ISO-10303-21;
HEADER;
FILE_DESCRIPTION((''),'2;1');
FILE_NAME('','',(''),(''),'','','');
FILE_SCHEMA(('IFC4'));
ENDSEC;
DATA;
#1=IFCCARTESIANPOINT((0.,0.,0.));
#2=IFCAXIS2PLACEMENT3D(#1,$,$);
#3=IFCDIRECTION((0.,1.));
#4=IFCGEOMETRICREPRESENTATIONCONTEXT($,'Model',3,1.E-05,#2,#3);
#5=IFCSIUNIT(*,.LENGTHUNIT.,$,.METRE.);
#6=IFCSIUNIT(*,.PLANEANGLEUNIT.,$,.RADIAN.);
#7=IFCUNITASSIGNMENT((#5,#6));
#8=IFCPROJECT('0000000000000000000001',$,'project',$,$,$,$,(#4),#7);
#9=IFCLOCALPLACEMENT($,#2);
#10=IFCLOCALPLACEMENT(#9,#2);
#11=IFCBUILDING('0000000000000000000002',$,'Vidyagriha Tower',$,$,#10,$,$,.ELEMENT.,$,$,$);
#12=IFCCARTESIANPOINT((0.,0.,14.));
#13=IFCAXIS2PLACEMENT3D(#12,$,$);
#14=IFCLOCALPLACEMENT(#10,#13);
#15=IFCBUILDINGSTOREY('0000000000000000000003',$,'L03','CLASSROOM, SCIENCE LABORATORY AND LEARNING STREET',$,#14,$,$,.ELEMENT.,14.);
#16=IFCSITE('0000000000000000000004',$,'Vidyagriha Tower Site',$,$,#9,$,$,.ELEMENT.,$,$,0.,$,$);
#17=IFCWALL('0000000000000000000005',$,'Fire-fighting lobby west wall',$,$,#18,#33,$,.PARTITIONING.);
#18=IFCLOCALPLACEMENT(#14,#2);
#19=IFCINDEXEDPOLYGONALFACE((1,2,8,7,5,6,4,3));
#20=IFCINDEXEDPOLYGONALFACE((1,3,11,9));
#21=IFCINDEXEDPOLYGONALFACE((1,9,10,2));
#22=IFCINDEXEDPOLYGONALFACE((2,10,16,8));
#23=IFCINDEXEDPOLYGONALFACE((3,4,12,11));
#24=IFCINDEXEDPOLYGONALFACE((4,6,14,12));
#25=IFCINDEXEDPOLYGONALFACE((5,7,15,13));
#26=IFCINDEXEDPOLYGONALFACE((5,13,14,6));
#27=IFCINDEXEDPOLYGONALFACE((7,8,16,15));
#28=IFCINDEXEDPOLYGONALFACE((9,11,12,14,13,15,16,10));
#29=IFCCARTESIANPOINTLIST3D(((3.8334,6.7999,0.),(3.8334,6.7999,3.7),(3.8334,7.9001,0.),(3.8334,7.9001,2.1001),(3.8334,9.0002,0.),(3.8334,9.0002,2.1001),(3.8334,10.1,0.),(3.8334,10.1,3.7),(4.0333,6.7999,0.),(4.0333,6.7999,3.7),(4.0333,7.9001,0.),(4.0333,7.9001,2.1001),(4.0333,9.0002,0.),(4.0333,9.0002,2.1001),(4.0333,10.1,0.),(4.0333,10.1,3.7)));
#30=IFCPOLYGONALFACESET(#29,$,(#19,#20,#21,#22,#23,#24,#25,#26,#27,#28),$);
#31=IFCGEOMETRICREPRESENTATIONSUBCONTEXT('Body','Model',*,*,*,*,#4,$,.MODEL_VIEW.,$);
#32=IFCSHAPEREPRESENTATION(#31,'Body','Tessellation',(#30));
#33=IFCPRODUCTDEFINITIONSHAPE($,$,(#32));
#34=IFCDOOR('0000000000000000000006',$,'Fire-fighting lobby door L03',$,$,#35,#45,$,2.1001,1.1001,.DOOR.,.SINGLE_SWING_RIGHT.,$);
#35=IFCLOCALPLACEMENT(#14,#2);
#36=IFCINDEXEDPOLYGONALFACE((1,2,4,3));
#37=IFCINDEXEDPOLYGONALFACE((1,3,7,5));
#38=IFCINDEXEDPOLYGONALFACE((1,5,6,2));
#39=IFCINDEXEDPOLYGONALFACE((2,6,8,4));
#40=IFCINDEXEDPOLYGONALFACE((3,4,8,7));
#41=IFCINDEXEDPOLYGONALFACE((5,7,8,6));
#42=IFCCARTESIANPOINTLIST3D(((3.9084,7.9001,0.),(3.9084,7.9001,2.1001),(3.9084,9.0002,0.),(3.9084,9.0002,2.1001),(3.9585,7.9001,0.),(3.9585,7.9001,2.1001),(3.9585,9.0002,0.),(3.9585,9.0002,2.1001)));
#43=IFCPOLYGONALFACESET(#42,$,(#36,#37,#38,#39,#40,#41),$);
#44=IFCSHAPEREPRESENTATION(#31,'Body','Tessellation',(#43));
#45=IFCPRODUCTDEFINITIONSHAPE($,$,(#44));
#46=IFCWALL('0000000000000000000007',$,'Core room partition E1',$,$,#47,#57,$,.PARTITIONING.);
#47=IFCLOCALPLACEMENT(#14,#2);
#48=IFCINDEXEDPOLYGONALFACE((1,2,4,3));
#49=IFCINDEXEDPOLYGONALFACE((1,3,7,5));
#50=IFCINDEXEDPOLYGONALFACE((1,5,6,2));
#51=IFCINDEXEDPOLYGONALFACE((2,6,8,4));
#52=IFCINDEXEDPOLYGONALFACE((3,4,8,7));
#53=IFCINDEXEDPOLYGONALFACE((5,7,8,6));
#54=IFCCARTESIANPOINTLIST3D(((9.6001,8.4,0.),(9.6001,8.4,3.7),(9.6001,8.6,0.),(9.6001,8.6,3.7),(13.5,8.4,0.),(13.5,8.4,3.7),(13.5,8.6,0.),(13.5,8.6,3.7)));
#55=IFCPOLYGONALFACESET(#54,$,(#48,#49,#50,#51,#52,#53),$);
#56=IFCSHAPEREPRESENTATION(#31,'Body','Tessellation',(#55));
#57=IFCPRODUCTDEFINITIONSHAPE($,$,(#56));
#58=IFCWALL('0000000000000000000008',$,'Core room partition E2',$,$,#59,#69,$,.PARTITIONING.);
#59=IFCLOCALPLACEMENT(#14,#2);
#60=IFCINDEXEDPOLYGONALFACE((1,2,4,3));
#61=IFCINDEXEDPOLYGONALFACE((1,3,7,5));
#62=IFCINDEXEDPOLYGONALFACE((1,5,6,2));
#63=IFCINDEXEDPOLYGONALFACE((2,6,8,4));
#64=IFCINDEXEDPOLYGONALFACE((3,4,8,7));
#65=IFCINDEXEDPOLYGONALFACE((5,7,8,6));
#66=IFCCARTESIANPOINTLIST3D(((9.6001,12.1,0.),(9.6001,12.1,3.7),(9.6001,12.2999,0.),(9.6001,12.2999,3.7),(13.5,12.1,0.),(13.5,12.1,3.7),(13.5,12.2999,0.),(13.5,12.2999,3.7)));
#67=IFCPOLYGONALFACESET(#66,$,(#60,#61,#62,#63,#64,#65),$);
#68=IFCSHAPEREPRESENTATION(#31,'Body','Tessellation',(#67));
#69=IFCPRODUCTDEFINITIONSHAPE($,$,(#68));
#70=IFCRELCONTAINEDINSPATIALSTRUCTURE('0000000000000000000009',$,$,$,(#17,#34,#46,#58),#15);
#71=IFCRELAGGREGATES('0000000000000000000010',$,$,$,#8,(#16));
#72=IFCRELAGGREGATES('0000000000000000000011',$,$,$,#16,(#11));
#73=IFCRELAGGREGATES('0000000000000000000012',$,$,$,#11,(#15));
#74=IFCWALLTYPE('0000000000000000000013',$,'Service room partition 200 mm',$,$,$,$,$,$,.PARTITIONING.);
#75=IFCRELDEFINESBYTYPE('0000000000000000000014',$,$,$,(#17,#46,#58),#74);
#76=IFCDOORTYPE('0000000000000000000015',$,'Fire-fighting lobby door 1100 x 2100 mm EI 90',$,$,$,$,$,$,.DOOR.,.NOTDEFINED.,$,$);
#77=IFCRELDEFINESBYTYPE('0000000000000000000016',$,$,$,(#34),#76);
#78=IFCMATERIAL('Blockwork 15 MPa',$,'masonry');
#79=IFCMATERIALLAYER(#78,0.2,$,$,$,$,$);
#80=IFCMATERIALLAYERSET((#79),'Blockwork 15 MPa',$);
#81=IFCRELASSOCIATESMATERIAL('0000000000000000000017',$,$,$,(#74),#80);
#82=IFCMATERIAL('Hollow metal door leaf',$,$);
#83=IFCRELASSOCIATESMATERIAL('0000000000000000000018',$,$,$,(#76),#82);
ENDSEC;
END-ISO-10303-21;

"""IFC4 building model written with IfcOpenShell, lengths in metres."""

from ifc_helpers import new_model, si_unit, direction, frame, frame_2d, origin, place, context, subcontext, project, spatial, rectangle, extrude, material, layer, layer_set, type_object, element, fill, save


model = new_model("IFC4")

# Units and contexts
model_context = context("Model", 3, precision=1e-05, world=origin(), true_north=direction((0.0, 1.0)))
body_context = subcontext(model_context, "Body", "Model", "MODEL_VIEW")
ifc_project = project(units=[si_unit("LENGTHUNIT", "METRE"), si_unit("PLANEANGLEUNIT", "RADIAN")], contexts=[model_context])

# Site, building, storey
site_placement = place(None, origin())
site = spatial("IfcSite", under=ifc_project, at=site_placement, Name="Vidyagriha Tower Site", CompositionType="ELEMENT", RefElevation=0.0)
building_placement = place(site_placement, origin())
building = spatial("IfcBuilding", under=site, at=building_placement, Name="Vidyagriha Tower", CompositionType="ELEMENT")
storey_placement = place(building_placement, frame((0.0, 0.0, 14.0)))
storey = spatial("IfcBuildingStorey", under=building, at=storey_placement, Name="L03", Description="CLASSROOM, SCIENCE LABORATORY AND LEARNING STREET", CompositionType="ELEMENT", Elevation=14.0)

# Wall, opening, door
ifc_material_1 = material(Name="Blockwork 15 MPa", Category="masonry")
ifc_layer_1 = layer(ifc_material_1, 0.2)
ifc_layer_set_1 = layer_set([ifc_layer_1], Name="Blockwork 15 MPa")
wall_type_1 = type_object("IfcWallType", Name="Service room partition 200 mm", PredefinedType="PARTITIONING", material=ifc_layer_set_1)
wall_1_placement = place(storey_placement, frame((3.9333, 6.8, 0.0), z_axis=(0.0, 0.0, 1.0), x_axis=(0.0, 1.0, 0.0)))
wall_1 = element("IfcWall", 1, at=wall_1_placement, inside=storey, type_object=wall_type_1, Name="Fire-fighting lobby west wall", PredefinedType="PARTITIONING", context=body_context, shape_type="SweptSolid", body=[
    extrude(rectangle(XDim=3.3, YDim=0.2, at=frame_2d((1.6499, 0.0))), origin(), (0.0, 0.0, 1.0), 3.7),
])
opening_1_placement = place(wall_1_placement, frame((1.1001, 0.0, 0.0)))
opening_1 = element("IfcOpeningElement", 2, at=opening_1_placement, cuts=wall_1, PredefinedType="OPENING", context=body_context, shape_type="SweptSolid", body=[
    extrude(rectangle(XDim=1.1001, YDim=2.1001, at=frame_2d((0.55, 1.05))), frame((0.0, 0.1099, 0.0), z_axis=(0.0, -1.0, 0.0), x_axis=(1.0, 0.0, 0.0)), (0.0, 0.0, 1.0), 0.22),
])
ifc_material_2 = material(Name="Hollow metal door leaf")
door_type_1 = type_object("IfcDoorType", Name="Fire-fighting lobby door 1100 x 2100 mm EI 90", OperationType="NOTDEFINED", PredefinedType="DOOR", material=ifc_material_2)
door_1_placement = place(opening_1_placement, origin())
door_1 = element("IfcDoor", 3, at=door_1_placement, inside=storey, type_object=door_type_1, Name="Fire-fighting lobby door L03", OperationType="SINGLE_SWING_RIGHT", OverallHeight=2.1001, OverallWidth=1.1001, PredefinedType="DOOR", context=body_context, shape_type="SweptSolid", body=[
    extrude(rectangle(XDim=1.1001, YDim=2.1001, at=frame_2d((0.55, 1.05))), frame((0.0, 0.0249, 0.0), z_axis=(0.0, -1.0, 0.0), x_axis=(1.0, 0.0, 0.0)), (0.0, 0.0, 1.0), 0.05),
])
fill(opening_1, door_1)

# Walls
for number, where, name in (
    (4, (9.6001, 8.5, 0.0), "Core room partition E1"),
    (5, (9.6001, 12.2, 0.0), "Core room partition E2"),
):
    element("IfcWall", number, at=place(storey_placement, frame(where)), inside=storey, type_object=wall_type_1, Name=name, PredefinedType="PARTITIONING", context=body_context, shape_type="SweptSolid", body=[
        extrude(rectangle(XDim=3.8999, YDim=0.2, at=frame_2d((1.95, 0.0))), origin(), (0.0, 0.0, 1.0), 3.7),
    ])

save(model, "model.ifc")
